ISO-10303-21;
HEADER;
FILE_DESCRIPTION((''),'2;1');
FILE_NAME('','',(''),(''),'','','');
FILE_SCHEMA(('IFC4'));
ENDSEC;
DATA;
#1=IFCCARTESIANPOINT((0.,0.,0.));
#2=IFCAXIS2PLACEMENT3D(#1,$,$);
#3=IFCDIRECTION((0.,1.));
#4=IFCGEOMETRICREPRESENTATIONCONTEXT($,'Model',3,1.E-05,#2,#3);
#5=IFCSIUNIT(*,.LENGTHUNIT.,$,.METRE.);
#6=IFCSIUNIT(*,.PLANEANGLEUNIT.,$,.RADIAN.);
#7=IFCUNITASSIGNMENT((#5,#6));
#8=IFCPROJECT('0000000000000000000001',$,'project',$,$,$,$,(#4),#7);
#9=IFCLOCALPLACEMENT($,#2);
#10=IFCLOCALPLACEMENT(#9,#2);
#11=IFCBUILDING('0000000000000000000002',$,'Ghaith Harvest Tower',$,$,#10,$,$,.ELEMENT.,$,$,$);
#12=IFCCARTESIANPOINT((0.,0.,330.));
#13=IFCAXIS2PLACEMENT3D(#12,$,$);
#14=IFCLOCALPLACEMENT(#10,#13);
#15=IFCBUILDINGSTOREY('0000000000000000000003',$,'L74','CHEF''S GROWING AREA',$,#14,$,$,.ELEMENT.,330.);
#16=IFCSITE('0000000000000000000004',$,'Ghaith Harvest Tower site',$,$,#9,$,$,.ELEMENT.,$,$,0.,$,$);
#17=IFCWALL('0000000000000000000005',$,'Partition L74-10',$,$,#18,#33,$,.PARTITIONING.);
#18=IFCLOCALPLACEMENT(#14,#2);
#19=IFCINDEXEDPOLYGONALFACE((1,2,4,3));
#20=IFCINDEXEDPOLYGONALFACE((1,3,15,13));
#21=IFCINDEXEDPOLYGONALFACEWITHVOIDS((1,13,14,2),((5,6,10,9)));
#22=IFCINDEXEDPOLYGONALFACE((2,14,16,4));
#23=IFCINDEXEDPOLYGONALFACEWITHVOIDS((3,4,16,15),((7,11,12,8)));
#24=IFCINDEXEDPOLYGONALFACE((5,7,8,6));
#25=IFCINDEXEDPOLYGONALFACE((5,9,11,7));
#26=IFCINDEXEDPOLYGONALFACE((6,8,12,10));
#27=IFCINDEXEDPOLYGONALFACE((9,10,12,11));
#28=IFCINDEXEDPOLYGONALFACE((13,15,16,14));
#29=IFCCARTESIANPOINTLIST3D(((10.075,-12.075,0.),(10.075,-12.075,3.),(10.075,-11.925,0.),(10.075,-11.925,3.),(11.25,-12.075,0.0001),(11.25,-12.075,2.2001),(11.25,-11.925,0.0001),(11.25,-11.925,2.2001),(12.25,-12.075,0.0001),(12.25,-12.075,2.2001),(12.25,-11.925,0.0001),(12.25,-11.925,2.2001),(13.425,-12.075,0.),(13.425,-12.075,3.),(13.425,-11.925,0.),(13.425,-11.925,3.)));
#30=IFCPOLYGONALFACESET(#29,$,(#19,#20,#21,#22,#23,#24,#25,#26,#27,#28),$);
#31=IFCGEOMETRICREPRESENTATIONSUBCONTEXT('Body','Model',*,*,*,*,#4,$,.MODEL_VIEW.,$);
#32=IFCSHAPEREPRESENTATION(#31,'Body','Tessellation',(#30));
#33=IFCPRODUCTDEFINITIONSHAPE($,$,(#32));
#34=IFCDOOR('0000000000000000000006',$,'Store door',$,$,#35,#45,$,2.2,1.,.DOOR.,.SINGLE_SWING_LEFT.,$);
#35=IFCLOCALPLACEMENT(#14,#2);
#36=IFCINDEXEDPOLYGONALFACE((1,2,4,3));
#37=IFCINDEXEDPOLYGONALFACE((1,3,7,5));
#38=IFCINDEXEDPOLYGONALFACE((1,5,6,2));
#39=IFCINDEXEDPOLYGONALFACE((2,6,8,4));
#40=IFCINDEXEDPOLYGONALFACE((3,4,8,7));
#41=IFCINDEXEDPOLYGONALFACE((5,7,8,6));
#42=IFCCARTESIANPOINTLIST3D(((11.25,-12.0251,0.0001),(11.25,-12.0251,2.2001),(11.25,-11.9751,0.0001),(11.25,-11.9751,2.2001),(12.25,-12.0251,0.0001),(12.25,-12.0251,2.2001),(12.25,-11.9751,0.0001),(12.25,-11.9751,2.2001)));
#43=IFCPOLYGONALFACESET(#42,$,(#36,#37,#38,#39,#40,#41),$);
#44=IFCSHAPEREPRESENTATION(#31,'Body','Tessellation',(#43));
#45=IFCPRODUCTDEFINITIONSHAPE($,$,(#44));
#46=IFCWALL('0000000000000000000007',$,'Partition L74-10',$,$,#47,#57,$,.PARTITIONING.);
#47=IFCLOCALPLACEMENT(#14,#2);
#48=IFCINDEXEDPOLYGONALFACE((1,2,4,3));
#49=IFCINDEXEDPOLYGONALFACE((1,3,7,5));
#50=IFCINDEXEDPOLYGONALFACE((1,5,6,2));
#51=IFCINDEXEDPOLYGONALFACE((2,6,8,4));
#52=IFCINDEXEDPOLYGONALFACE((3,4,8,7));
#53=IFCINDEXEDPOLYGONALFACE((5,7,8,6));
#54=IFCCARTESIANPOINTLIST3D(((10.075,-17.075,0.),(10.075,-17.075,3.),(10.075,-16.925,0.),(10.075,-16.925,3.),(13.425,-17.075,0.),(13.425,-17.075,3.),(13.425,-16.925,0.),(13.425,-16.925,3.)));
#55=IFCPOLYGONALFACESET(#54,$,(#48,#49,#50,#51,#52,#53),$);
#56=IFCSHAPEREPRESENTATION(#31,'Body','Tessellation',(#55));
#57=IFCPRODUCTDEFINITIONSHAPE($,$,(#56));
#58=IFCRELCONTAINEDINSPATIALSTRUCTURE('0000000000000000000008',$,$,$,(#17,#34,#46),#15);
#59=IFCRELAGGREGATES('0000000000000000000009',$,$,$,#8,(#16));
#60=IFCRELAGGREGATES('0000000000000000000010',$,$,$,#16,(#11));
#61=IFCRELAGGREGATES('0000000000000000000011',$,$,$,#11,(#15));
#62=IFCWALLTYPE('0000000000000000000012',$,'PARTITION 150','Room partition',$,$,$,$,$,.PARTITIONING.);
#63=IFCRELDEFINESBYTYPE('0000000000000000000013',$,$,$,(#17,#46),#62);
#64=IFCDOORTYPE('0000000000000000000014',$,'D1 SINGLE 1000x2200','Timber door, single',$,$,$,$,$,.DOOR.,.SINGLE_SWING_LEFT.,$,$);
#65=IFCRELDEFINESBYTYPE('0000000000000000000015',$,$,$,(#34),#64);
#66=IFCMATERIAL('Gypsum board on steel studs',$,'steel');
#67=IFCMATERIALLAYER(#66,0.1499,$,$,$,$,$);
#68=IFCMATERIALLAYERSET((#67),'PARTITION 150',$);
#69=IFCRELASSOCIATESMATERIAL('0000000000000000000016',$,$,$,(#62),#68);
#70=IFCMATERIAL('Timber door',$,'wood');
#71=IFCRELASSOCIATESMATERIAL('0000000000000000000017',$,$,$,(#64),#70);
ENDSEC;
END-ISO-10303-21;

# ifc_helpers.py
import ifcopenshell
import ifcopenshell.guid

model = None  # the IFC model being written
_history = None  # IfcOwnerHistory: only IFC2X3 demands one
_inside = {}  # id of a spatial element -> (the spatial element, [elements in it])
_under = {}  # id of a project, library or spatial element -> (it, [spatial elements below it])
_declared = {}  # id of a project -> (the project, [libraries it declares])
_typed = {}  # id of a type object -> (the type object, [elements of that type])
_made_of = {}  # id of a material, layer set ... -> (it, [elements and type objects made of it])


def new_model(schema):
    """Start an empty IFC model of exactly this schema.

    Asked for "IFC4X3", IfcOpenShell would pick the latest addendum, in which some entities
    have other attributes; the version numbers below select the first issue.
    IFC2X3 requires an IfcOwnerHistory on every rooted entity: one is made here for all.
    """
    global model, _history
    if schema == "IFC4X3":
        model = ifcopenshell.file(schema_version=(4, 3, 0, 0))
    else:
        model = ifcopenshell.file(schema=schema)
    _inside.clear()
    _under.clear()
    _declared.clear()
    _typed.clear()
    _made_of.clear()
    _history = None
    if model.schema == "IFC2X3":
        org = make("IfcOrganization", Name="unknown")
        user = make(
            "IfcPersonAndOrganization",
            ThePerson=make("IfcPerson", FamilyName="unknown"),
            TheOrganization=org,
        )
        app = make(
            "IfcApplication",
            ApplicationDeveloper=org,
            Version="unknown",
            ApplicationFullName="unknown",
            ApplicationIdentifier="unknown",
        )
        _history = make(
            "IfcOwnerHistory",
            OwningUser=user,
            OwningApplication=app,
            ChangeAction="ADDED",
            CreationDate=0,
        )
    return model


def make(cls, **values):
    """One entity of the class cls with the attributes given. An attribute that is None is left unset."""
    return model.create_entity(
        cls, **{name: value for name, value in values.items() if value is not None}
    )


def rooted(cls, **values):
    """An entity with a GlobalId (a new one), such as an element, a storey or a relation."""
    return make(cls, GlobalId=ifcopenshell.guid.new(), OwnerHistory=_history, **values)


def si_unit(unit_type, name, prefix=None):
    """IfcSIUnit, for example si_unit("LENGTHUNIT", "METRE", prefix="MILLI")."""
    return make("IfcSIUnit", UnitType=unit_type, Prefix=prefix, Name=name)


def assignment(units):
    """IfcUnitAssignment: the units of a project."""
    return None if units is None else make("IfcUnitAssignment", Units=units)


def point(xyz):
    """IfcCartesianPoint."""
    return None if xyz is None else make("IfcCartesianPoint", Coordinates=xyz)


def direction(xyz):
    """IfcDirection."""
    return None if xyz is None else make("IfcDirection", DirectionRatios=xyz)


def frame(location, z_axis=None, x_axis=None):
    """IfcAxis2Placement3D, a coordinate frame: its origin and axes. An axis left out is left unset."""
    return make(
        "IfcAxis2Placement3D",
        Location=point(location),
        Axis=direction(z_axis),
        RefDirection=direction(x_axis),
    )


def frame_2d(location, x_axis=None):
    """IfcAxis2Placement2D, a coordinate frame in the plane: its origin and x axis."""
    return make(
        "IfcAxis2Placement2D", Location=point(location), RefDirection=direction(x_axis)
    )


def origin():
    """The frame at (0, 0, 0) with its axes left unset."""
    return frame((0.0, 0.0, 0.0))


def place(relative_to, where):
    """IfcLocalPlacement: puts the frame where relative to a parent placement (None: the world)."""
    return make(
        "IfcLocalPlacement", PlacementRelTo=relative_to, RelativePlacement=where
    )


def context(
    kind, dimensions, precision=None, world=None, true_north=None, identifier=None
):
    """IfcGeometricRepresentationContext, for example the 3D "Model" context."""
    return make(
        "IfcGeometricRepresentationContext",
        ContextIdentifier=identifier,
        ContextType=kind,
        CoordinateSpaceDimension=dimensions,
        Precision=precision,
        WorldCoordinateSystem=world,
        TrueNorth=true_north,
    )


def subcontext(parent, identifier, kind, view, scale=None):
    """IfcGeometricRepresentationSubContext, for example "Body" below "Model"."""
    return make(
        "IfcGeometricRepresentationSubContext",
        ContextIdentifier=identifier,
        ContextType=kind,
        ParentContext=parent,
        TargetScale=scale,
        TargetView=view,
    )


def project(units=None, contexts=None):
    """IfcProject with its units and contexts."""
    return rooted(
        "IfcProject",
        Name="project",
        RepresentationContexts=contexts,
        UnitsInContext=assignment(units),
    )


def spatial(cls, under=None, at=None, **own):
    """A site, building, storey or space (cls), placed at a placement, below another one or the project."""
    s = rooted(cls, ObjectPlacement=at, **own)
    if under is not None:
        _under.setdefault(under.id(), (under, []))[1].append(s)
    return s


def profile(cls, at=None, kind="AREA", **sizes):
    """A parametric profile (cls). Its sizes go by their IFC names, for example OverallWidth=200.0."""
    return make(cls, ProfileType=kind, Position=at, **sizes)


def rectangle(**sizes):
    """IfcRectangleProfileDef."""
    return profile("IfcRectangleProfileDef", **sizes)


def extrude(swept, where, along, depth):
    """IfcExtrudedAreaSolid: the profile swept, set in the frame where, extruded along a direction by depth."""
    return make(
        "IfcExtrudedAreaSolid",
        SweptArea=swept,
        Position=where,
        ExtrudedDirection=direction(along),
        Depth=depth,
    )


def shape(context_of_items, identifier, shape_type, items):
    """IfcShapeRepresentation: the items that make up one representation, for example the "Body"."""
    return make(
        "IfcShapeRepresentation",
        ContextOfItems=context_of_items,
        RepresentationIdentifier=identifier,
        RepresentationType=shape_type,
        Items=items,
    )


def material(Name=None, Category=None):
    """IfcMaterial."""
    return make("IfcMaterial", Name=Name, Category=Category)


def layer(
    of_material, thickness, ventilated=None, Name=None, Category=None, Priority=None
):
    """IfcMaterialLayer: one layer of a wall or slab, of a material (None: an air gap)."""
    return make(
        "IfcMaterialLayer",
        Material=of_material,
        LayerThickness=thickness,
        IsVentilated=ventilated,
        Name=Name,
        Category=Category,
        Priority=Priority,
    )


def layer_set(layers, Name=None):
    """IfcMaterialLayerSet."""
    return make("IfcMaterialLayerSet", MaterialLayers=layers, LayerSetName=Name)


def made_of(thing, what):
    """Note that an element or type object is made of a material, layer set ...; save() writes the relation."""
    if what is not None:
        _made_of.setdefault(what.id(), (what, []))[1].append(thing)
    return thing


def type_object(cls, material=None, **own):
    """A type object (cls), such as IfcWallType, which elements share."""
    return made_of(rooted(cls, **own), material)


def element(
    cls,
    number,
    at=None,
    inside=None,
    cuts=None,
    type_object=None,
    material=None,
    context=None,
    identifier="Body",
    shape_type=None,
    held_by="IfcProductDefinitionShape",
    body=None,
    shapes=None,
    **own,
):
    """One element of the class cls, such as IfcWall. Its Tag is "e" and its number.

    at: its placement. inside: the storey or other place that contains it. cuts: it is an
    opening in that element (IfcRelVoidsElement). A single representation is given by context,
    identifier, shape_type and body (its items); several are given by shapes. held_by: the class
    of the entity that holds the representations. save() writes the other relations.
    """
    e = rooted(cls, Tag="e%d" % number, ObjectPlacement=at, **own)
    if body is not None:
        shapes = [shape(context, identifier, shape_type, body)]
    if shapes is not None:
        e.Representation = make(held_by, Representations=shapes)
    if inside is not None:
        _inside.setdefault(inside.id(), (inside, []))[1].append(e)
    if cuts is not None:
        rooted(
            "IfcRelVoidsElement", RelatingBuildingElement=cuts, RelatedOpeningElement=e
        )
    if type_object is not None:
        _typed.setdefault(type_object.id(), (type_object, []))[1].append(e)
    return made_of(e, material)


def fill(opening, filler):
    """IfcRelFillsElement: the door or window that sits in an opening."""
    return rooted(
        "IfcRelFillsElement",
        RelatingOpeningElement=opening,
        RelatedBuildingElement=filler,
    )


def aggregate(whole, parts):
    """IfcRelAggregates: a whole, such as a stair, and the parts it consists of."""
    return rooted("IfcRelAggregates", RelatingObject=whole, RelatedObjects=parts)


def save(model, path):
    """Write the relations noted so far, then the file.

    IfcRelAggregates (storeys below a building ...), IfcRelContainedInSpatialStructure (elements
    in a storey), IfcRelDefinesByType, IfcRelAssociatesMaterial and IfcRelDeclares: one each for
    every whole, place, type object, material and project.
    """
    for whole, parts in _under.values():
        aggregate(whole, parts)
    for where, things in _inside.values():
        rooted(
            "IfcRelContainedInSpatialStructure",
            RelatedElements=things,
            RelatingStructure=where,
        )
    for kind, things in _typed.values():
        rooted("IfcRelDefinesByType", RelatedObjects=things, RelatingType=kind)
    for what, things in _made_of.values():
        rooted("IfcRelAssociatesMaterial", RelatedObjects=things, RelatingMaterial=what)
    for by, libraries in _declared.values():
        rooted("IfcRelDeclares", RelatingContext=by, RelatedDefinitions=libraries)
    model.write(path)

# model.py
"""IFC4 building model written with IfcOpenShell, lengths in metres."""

from ifc_helpers import new_model, si_unit, direction, frame, frame_2d, origin, place, context, subcontext, project, spatial, rectangle, extrude, material, layer, layer_set, type_object, element, fill, save


model = new_model("IFC4")

# Units and contexts
model_context = context("Model", 3, precision=1e-05, world=origin(), true_north=direction((0.0, 1.0)))
body_context = subcontext(model_context, "Body", "Model", "MODEL_VIEW")
ifc_project = project(units=[si_unit("LENGTHUNIT", "METRE"), si_unit("PLANEANGLEUNIT", "RADIAN")], contexts=[model_context])

# Site, building, storey
site_placement = place(None, origin())
site = spatial("IfcSite", under=ifc_project, at=site_placement, Name="Ghaith Harvest Tower site", CompositionType="ELEMENT", RefElevation=0.0)
building_placement = place(site_placement, origin())
building = spatial("IfcBuilding", under=site, at=building_placement, Name="Ghaith Harvest Tower", CompositionType="ELEMENT")
storey_placement = place(building_placement, frame((0.0, 0.0, 330.0)))
storey = spatial("IfcBuildingStorey", under=building, at=storey_placement, Name="L74", Description="CHEF'S GROWING AREA", CompositionType="ELEMENT", Elevation=330.0)

# Shared definitions
ifc_material_1 = material(Name="Gypsum board on steel studs", Category="steel")
ifc_layer_1 = layer(ifc_material_1, 0.1499)
ifc_layer_set_1 = layer_set([ifc_layer_1], Name="PARTITION 150")
wall_type = type_object("IfcWallType", Name="PARTITION 150", Description="Room partition", PredefinedType="PARTITIONING", material=ifc_layer_set_1)

# Shared definitions
ifc_material_2 = material(Name="Timber door", Category="wood")
door_type = type_object("IfcDoorType", Name="D1 SINGLE 1000x2200", Description="Timber door, single", OperationType="SINGLE_SWING_LEFT", PredefinedType="DOOR", material=ifc_material_2)

# Wall, opening, door
wall_1_placement = place(storey_placement, frame((10.075, -12.0, 0.0), z_axis=(0.0, 0.0, 1.0), x_axis=(1.0, 0.0, 0.0)))
wall_1 = element("IfcWall", 1, at=wall_1_placement, inside=storey, type_object=wall_type, Name="Partition L74-10", PredefinedType="PARTITIONING", context=body_context, shape_type="SweptSolid", body=[
    extrude(rectangle(XDim=3.3501, YDim=0.1499, at=frame_2d((1.675, 0.0))), origin(), (0.0, 0.0, 1.0), 3.0),
])
opening_1_placement = place(wall_1_placement, frame((1.175, 0.0, 0.0)))
opening_1 = element("IfcOpeningElement", 2, at=opening_1_placement, cuts=wall_1, PredefinedType="OPENING", context=body_context, shape_type="SweptSolid", body=[
    extrude(rectangle(XDim=1.0, YDim=2.2, at=frame_2d((0.5, 1.1001))), frame((0.0, 0.085, 0.0), z_axis=(0.0, -1.0, 0.0), x_axis=(1.0, 0.0, 0.0)), (0.0, 0.0, 1.0), 0.1699),
])
door_1_placement = place(opening_1_placement, origin())
door_1 = element("IfcDoor", 3, at=door_1_placement, inside=storey, type_object=door_type, Name="Store door", OperationType="SINGLE_SWING_LEFT", OverallHeight=2.2, OverallWidth=1.0, PredefinedType="DOOR", context=body_context, shape_type="SweptSolid", body=[
    extrude(rectangle(XDim=1.0, YDim=2.2, at=frame_2d((0.5, 1.1001))), frame((0.0, 0.0249, 0.0), z_axis=(0.0, -1.0, 0.0), x_axis=(1.0, 0.0, 0.0)), (0.0, 0.0, 1.0), 0.05),
])
fill(opening_1, door_1)

# Wall
wall_2_placement = place(storey_placement, frame((10.075, -17.0, 0.0), z_axis=(0.0, 0.0, 1.0), x_axis=(1.0, 0.0, 0.0)))
element("IfcWall", 4, at=wall_2_placement, inside=storey, type_object=wall_type, Name="Partition L74-10", PredefinedType="PARTITIONING", context=body_context, shape_type="SweptSolid", body=[
    extrude(rectangle(XDim=3.3501, YDim=0.1499, at=frame_2d((1.675, 0.0))), origin(), (0.0, 0.0, 1.0), 3.0),
])

save(model, "model.ifc")
